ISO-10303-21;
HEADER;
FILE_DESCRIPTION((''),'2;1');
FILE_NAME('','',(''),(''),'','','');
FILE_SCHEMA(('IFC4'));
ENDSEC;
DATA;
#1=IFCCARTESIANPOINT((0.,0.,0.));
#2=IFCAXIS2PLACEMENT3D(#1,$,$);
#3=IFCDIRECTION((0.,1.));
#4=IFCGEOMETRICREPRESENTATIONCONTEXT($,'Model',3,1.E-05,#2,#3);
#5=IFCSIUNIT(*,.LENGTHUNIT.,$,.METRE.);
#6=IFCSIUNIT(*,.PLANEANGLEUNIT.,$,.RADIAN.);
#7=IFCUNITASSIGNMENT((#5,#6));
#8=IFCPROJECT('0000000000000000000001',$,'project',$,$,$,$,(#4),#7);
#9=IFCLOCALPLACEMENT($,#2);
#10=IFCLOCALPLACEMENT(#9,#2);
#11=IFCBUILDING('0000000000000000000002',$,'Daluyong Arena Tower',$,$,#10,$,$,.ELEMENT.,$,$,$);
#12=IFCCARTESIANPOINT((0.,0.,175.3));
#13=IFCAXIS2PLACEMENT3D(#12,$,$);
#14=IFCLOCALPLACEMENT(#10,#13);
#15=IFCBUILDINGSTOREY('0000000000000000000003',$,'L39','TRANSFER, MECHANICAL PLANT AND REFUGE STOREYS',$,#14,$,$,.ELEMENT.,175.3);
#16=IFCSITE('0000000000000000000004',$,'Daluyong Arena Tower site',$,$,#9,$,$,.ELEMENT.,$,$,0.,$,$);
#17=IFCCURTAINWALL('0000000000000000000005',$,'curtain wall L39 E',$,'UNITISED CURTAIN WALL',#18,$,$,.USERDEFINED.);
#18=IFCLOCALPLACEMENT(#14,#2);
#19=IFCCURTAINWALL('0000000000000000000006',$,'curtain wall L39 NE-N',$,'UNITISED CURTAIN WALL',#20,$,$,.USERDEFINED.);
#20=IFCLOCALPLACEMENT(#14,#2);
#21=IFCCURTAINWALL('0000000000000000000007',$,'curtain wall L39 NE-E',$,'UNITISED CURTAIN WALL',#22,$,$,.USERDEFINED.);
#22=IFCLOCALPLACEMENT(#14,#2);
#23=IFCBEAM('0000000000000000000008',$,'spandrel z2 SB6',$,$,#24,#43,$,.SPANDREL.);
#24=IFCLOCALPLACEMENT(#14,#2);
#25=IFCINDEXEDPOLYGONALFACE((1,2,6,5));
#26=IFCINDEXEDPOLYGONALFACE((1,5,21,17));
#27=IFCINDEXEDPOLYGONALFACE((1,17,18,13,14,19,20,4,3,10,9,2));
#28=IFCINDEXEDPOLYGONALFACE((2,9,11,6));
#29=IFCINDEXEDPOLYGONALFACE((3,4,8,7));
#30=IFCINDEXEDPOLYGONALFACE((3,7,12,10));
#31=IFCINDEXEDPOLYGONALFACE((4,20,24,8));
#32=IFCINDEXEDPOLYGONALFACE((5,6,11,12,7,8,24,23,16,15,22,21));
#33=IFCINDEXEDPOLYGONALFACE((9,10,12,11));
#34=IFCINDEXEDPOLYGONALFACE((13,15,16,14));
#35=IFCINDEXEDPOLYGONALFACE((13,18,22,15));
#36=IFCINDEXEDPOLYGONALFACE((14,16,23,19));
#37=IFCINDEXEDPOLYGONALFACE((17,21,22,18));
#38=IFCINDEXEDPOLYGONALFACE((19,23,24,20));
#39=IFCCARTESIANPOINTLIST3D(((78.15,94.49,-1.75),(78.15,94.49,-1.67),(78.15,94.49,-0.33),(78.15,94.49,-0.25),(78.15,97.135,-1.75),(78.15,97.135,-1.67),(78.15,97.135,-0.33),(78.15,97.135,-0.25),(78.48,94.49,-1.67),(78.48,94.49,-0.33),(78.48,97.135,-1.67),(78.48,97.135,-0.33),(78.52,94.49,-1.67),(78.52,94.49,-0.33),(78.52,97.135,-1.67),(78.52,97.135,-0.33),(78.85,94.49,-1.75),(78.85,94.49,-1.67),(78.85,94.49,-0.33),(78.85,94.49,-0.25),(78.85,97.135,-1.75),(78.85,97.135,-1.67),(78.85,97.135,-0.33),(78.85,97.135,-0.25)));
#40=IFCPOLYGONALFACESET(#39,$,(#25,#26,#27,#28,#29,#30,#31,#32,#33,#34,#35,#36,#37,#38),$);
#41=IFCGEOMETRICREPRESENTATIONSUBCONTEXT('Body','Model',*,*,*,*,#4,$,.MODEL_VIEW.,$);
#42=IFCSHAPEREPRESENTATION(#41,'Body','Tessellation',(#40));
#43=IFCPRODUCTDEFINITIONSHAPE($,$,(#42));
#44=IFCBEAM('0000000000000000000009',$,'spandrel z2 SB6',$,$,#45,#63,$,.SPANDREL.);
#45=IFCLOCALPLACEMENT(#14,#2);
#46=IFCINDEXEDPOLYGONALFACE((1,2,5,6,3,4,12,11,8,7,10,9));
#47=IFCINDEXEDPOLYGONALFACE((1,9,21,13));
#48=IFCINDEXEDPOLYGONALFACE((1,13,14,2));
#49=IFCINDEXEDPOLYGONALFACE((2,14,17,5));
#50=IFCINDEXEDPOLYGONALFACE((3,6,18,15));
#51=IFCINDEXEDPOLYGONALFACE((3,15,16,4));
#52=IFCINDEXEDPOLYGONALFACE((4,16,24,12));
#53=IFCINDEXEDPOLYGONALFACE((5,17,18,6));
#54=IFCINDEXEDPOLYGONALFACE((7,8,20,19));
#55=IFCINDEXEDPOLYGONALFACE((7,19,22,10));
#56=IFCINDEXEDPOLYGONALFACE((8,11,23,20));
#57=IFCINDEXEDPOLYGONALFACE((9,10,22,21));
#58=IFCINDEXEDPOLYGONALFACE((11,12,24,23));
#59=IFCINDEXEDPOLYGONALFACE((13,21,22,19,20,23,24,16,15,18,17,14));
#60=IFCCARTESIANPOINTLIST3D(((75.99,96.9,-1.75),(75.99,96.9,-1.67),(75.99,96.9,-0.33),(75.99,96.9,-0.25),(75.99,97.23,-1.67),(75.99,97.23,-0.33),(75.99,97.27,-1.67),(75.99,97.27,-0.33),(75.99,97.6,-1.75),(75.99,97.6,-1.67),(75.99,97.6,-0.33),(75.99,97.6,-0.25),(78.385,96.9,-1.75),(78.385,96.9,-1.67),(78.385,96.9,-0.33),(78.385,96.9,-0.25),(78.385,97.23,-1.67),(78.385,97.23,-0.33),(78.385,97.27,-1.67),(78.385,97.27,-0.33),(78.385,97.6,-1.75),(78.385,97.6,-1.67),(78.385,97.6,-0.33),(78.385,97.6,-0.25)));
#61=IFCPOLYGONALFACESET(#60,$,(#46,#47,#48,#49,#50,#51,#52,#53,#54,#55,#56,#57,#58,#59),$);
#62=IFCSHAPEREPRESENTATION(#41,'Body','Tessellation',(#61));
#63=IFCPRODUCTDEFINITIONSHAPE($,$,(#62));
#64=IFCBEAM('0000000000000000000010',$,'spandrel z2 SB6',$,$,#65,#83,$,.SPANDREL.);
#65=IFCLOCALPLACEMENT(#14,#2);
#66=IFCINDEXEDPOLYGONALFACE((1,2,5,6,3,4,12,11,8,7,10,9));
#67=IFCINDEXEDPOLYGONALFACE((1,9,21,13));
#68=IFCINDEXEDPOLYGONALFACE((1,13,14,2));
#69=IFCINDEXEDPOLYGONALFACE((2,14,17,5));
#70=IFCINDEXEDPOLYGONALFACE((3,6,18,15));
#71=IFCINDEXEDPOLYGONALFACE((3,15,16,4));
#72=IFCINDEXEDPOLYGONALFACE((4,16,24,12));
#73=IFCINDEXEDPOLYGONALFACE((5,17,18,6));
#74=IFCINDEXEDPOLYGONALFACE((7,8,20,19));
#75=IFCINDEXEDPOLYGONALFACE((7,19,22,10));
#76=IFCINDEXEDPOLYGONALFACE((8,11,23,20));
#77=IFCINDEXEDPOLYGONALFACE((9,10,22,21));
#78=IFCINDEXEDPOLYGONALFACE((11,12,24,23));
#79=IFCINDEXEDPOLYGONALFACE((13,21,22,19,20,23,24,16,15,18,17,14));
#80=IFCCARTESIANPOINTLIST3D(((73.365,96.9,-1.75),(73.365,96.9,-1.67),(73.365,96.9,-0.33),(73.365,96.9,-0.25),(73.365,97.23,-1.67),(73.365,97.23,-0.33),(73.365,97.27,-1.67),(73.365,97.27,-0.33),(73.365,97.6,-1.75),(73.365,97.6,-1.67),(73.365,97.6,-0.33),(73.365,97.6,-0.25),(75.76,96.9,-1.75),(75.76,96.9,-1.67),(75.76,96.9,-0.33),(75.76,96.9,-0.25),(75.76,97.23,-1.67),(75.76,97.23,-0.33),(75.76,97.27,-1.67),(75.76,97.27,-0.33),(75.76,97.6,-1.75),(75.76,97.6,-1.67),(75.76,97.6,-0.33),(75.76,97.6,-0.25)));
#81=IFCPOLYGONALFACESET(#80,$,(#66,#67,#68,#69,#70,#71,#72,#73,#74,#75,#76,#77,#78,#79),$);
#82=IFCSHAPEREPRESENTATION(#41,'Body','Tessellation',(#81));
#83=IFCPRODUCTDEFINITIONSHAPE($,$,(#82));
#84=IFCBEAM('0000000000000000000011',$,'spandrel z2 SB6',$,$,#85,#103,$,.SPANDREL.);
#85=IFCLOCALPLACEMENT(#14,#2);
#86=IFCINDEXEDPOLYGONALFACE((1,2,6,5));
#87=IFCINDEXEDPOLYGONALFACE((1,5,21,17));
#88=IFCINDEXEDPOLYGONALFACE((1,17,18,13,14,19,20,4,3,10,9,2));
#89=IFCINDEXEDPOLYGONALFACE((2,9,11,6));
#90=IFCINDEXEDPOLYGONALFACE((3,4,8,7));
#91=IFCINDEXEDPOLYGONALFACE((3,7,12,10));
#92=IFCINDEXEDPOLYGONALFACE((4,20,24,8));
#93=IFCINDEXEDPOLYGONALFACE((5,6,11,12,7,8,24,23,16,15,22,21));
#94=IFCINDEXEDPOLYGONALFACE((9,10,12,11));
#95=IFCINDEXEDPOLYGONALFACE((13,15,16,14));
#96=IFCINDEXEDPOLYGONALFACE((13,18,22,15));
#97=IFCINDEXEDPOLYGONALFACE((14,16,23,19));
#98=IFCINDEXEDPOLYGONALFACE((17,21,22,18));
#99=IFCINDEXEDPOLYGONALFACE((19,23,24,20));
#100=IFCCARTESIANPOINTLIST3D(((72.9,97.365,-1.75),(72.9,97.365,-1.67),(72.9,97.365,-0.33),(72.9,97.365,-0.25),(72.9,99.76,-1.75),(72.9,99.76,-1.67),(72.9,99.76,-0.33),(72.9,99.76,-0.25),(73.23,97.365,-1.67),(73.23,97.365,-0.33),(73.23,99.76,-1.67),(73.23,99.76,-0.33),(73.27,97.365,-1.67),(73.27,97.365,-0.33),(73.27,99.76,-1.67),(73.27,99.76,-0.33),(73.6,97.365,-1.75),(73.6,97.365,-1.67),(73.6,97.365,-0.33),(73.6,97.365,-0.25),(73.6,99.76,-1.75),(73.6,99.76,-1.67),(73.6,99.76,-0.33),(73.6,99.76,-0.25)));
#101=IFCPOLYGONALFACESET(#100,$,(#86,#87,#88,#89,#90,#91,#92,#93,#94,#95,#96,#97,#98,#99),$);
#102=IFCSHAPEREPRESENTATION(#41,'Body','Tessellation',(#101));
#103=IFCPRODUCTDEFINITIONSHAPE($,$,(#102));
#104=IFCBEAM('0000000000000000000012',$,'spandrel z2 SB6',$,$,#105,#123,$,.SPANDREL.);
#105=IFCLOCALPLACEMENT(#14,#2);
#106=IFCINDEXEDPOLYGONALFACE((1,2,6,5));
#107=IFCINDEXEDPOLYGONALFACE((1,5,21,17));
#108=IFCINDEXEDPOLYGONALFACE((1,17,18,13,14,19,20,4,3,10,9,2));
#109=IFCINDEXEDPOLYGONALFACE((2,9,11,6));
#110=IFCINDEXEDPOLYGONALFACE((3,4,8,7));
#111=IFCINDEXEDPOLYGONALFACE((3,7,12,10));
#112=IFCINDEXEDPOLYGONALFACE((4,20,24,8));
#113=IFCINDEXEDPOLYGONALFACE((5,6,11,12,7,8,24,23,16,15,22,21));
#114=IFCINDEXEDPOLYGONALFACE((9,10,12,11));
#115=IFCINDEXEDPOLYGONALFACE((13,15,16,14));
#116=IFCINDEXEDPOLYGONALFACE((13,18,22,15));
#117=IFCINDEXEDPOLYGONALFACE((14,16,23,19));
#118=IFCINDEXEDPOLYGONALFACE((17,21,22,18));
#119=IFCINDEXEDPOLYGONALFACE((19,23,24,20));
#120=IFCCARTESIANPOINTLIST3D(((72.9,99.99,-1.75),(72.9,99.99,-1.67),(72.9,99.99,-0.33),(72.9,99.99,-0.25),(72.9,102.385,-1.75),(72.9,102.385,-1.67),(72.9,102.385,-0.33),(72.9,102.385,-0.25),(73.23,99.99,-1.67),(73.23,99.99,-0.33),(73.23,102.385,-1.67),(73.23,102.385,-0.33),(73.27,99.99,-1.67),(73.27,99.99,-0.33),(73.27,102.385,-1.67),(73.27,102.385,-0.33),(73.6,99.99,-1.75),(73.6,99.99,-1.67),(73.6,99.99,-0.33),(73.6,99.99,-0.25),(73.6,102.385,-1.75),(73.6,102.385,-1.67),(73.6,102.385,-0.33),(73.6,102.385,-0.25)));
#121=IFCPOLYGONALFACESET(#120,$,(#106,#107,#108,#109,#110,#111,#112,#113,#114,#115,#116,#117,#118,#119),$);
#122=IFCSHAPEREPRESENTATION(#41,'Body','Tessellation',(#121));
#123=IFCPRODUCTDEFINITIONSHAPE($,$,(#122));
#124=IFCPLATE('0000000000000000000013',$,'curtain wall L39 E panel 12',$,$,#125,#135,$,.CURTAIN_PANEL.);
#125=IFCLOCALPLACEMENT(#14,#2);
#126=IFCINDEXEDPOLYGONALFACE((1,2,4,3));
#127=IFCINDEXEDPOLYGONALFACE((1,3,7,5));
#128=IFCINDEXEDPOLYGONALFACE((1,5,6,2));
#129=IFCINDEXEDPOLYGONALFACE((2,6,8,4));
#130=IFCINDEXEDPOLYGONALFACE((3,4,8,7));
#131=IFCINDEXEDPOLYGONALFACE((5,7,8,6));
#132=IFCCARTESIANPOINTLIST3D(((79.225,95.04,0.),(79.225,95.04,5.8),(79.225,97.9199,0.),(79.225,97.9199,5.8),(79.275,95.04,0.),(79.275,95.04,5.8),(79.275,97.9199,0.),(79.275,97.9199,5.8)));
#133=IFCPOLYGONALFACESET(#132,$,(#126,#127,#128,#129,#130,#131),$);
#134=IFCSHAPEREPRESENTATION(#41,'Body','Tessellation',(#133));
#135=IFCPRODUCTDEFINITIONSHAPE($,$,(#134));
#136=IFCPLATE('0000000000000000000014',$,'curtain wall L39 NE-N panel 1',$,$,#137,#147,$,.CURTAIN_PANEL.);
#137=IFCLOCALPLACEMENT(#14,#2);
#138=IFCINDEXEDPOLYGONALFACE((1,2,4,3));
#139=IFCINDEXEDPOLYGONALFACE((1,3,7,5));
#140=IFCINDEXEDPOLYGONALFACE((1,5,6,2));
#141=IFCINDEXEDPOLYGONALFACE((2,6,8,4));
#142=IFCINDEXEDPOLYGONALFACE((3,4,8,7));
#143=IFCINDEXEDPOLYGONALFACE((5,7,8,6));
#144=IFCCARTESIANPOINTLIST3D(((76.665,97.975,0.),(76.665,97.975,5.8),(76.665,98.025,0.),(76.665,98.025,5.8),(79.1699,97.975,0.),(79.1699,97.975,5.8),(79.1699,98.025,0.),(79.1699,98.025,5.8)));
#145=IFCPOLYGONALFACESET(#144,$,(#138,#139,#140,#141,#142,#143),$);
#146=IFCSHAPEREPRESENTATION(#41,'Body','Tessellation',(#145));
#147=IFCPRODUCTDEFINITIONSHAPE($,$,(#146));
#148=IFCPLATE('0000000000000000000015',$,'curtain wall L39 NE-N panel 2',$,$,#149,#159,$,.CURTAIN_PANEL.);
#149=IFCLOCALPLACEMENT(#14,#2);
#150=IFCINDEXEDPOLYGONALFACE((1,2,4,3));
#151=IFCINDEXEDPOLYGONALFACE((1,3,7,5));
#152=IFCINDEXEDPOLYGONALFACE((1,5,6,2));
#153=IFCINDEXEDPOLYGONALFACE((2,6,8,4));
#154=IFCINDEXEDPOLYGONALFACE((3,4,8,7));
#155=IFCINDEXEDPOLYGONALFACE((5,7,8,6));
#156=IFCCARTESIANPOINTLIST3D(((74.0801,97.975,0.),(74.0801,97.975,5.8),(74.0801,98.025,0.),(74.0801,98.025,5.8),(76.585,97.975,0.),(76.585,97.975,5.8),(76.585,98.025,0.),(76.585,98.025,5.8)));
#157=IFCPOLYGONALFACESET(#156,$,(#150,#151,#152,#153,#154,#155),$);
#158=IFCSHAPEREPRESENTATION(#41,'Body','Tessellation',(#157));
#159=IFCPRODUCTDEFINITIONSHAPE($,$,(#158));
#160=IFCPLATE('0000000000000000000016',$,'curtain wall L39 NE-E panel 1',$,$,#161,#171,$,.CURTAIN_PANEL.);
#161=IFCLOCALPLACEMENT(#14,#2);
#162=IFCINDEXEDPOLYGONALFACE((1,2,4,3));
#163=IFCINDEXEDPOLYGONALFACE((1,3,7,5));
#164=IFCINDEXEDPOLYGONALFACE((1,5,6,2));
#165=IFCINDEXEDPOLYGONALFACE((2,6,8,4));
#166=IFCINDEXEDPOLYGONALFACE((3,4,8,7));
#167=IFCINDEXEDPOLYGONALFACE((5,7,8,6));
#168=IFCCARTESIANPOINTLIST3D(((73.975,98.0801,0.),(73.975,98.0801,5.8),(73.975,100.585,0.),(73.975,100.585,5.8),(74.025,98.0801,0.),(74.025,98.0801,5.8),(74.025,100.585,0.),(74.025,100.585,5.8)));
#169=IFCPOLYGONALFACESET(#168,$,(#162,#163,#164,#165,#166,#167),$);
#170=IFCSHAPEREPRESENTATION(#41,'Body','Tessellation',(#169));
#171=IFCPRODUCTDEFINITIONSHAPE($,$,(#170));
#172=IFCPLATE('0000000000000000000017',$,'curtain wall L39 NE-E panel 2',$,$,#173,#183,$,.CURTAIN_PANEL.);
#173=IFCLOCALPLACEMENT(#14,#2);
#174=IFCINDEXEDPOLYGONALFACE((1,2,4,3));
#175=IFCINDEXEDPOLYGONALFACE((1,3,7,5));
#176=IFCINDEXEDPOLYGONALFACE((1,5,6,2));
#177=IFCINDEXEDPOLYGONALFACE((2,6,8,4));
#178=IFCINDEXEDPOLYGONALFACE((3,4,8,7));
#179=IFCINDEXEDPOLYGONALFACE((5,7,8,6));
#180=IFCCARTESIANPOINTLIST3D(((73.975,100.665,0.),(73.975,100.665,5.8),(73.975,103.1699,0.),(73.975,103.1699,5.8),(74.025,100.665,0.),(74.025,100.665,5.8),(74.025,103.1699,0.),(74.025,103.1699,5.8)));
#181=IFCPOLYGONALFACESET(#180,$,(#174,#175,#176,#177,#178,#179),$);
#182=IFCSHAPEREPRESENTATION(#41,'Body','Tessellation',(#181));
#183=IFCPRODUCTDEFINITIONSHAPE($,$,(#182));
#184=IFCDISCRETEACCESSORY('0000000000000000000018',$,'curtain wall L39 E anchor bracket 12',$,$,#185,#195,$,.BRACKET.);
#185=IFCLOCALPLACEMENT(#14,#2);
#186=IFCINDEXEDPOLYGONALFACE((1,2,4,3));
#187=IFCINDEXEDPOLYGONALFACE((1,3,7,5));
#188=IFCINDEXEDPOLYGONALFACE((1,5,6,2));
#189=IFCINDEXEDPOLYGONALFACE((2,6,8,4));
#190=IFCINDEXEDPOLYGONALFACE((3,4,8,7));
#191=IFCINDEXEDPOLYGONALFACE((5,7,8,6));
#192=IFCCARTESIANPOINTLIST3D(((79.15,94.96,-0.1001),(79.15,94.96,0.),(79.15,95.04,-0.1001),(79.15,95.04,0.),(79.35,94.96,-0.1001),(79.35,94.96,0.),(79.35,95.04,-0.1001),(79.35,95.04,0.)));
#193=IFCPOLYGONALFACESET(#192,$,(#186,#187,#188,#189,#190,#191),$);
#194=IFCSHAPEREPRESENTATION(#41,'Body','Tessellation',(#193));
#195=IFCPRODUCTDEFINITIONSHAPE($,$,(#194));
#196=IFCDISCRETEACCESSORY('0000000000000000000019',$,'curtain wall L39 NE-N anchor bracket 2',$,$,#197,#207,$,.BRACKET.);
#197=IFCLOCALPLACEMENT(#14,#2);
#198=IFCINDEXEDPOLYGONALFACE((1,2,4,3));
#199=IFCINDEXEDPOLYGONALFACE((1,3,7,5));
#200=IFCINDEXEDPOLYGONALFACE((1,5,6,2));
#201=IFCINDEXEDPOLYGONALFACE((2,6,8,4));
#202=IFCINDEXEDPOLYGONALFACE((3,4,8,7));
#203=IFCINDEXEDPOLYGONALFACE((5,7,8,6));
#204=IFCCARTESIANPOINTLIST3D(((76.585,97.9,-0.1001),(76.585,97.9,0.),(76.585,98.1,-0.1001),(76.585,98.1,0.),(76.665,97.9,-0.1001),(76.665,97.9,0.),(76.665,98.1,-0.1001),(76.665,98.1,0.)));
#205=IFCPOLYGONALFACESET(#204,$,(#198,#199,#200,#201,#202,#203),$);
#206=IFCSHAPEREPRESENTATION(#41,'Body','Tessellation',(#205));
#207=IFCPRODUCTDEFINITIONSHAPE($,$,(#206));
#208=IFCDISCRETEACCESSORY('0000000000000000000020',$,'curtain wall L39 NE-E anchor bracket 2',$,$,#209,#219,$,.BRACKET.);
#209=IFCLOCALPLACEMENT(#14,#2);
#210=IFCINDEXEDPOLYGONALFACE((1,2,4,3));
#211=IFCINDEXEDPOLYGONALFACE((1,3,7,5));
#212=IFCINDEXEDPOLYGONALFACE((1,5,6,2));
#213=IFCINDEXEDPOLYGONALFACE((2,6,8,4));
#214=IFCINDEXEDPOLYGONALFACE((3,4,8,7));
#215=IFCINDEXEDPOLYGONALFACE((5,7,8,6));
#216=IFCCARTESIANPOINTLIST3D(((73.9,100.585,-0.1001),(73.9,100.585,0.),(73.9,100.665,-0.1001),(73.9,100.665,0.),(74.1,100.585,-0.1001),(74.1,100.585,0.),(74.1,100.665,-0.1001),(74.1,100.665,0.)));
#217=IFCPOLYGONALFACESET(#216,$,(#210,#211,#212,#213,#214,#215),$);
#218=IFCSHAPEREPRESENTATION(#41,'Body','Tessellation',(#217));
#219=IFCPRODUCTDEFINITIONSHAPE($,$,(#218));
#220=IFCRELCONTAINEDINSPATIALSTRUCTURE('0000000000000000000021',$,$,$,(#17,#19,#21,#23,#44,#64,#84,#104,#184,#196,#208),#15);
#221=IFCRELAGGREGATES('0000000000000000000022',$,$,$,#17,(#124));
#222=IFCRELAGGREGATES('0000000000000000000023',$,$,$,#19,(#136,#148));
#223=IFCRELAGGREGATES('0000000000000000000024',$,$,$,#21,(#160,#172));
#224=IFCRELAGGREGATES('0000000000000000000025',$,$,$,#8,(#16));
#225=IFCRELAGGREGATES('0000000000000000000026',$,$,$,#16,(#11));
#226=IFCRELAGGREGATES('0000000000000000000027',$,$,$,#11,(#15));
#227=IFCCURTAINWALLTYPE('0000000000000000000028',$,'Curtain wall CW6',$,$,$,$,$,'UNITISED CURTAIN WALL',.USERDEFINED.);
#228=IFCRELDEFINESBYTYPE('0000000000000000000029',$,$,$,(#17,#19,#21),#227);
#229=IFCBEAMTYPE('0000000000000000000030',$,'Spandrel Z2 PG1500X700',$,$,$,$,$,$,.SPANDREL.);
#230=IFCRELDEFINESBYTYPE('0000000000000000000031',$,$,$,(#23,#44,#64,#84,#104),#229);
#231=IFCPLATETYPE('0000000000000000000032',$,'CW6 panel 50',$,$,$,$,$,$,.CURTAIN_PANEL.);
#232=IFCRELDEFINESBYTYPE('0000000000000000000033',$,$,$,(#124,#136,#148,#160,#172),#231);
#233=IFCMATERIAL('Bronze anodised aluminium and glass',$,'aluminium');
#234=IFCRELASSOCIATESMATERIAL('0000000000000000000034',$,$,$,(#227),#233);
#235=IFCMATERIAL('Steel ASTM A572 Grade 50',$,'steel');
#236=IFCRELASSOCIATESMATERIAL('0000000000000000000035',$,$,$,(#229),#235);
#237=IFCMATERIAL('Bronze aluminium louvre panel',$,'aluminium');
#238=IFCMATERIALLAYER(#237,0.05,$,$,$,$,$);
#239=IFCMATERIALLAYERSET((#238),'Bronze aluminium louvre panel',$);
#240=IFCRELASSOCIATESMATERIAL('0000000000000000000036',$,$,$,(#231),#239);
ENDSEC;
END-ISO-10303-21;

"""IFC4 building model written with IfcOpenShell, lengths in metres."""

from ifc_helpers import new_model, si_unit, direction, frame, origin, origin_2d, place, context, subcontext, project, spatial, rectangle, i_section, extrude, material, layer, layer_set, material_profile, profile_set, type_object, element, aggregate, save


model = new_model("IFC4")

# Units and contexts
model_context = context("Model", 3, precision=1e-05, world=origin(), true_north=direction((0.0, 1.0)))
body_context = subcontext(model_context, "Body", "Model", "MODEL_VIEW")
ifc_project = project(units=[si_unit("LENGTHUNIT", "METRE"), si_unit("PLANEANGLEUNIT", "RADIAN")], contexts=[model_context])

# Site, building, storey
site_placement = place(None, origin())
site = spatial("IfcSite", under=ifc_project, at=site_placement, Name="Daluyong Arena Tower site", CompositionType="ELEMENT", RefElevation=0.0)
building_placement = place(site_placement, origin())
building = spatial("IfcBuilding", under=site, at=building_placement, Name="Daluyong Arena Tower", CompositionType="ELEMENT")
storey_placement = place(building_placement, frame((0.0, 0.0, 175.3)))
storey = spatial("IfcBuildingStorey", under=building, at=storey_placement, Name="L39", Description="TRANSFER, MECHANICAL PLANT AND REFUGE STOREYS", CompositionType="ELEMENT", Elevation=175.3)

# Curtain walls
ifc_material_1 = material(Name="Bronze anodised aluminium and glass", Category="aluminium")
curtain_wall_type = type_object("IfcCurtainWallType", Name="Curtain wall CW6", ElementType="UNITISED CURTAIN WALL", PredefinedType="USERDEFINED", material=ifc_material_1)
curtain_wall_1_placement = place(storey_placement, origin())
curtain_wall_1 = element("IfcCurtainWall", 1, at=curtain_wall_1_placement, inside=storey, type_object=curtain_wall_type, Name="curtain wall L39 E", ObjectType="UNITISED CURTAIN WALL", PredefinedType="USERDEFINED")
curtain_wall_2_placement = place(storey_placement, origin())
curtain_wall_2 = element("IfcCurtainWall", 2, at=curtain_wall_2_placement, inside=storey, type_object=curtain_wall_type, Name="curtain wall L39 NE-N", ObjectType="UNITISED CURTAIN WALL", PredefinedType="USERDEFINED")
curtain_wall_3_placement = place(storey_placement, origin())
curtain_wall_3 = element("IfcCurtainWall", 3, at=curtain_wall_3_placement, inside=storey, type_object=curtain_wall_type, Name="curtain wall L39 NE-E", ObjectType="UNITISED CURTAIN WALL", PredefinedType="USERDEFINED")

# Beams
ifc_material_2 = material(Name="Steel ASTM A572 Grade 50", Category="steel")
ifc_material_profile_1 = material_profile(ifc_material_2, i_section(OverallWidth=0.7, OverallDepth=1.5, WebThickness=0.04, FlangeThickness=0.08, at=origin_2d()))
ifc_profile_set_1 = profile_set([ifc_material_profile_1], Name="Steel ASTM A572 Grade 50")
beam_type_1 = type_object("IfcBeamType", Name="Spandrel Z2 PG1500X700", PredefinedType="SPANDREL", material=ifc_profile_set_1)
beam_1_placement = place(storey_placement, frame((78.5, 94.49, -1.0), z_axis=(0.0, 1.0, 0.0), x_axis=(-1.0, 0.0, 0.0)))
element("IfcBeam", 4, at=beam_1_placement, inside=storey, type_object=beam_type_1, Name="spandrel z2 SB6", PredefinedType="SPANDREL", context=body_context, shape_type="SweptSolid", body=[
    extrude(i_section(OverallWidth=0.7, OverallDepth=1.5, WebThickness=0.04, FlangeThickness=0.08, at=origin_2d()), origin(), (0.0, 0.0, 1.0), 2.645),
])
for number, where, z_axis, x_axis, name in (
    (5, (78.385, 97.25, -1.0), (-1.0, 0.0, 0.0), (0.0, -1.0, 0.0), "spandrel z2 SB6"),
    (6, (75.76, 97.25, -1.0), (-1.0, 0.0, 0.0), (0.0, -1.0, 0.0), "spandrel z2 SB6"),
    (7, (73.25, 97.365, -1.0), (0.0, 1.0, 0.0), (-1.0, 0.0, 0.0), "spandrel z2 SB6"),
    (8, (73.25, 99.99, -1.0), (0.0, 1.0, 0.0), (-1.0, 0.0, 0.0), "spandrel z2 SB6"),
):
    element("IfcBeam", number, at=place(storey_placement, frame(where, z_axis=z_axis, x_axis=x_axis)), inside=storey, type_object=beam_type_1, Name=name, PredefinedType="SPANDREL", context=body_context, shape_type="SweptSolid", body=[
        extrude(i_section(OverallWidth=0.7, OverallDepth=1.5, WebThickness=0.04, FlangeThickness=0.08, at=origin_2d()), origin(), (0.0, 0.0, 1.0), 2.395),
    ])

# Plates
ifc_material_3 = material(Name="Bronze aluminium louvre panel", Category="aluminium")
ifc_layer = layer(ifc_material_3, 0.05)
ifc_layer_set = layer_set([ifc_layer], Name="Bronze aluminium louvre panel")
plate_type = type_object("IfcPlateType", Name="CW6 panel 50", PredefinedType="CURTAIN_PANEL", material=ifc_layer_set)
plate_1_placement = place(storey_placement, frame((79.25, 96.48, 0.0), z_axis=(0.0, 0.0, 1.0), x_axis=(0.0, 1.0, 0.0)))
plate_1 = element("IfcPlate", 9, at=plate_1_placement, type_object=plate_type, Name="curtain wall L39 E panel 12", PredefinedType="CURTAIN_PANEL", context=body_context, shape_type="SweptSolid", body=[
    extrude(rectangle(XDim=2.8799, YDim=0.05, at=origin_2d()), origin(), (0.0, 0.0, 1.0), 5.8),
])
aggregate(curtain_wall_1, [plate_1])
plate_2_placement = place(storey_placement, frame((77.9175, 98.0, 0.0), z_axis=(0.0, 0.0, 1.0), x_axis=(-1.0, 0.0, 0.0)))
plate_2 = element("IfcPlate", 10, at=plate_2_placement, type_object=plate_type, Name="curtain wall L39 NE-N panel 1", PredefinedType="CURTAIN_PANEL", context=body_context, shape_type="SweptSolid", body=[
    extrude(rectangle(XDim=2.5049, YDim=0.05, at=origin_2d()), origin(), (0.0, 0.0, 1.0), 5.8),
])
plate_3_placement = place(storey_placement, frame((75.3325, 98.0, 0.0), z_axis=(0.0, 0.0, 1.0), x_axis=(-1.0, 0.0, 0.0)))
plate_3 = element("IfcPlate", 11, at=plate_3_placement, type_object=plate_type, Name="curtain wall L39 NE-N panel 2", PredefinedType="CURTAIN_PANEL", context=body_context, shape_type="SweptSolid", body=[
    extrude(rectangle(XDim=2.5049, YDim=0.05, at=origin_2d()), origin(), (0.0, 0.0, 1.0), 5.8),
])
aggregate(curtain_wall_2, [plate_2, plate_3])
plate_4_placement = place(storey_placement, frame((74.0, 99.3325, 0.0), z_axis=(0.0, 0.0, 1.0), x_axis=(0.0, 1.0, 0.0)))
plate_4 = element("IfcPlate", 12, at=plate_4_placement, type_object=plate_type, Name="curtain wall L39 NE-E panel 1", PredefinedType="CURTAIN_PANEL", context=body_context, shape_type="SweptSolid", body=[
    extrude(rectangle(XDim=2.5049, YDim=0.05, at=origin_2d()), origin(), (0.0, 0.0, 1.0), 5.8),
])
plate_5_placement = place(storey_placement, frame((74.0, 101.9175, 0.0), z_axis=(0.0, 0.0, 1.0), x_axis=(0.0, 1.0, 0.0)))
plate_5 = element("IfcPlate", 13, at=plate_5_placement, type_object=plate_type, Name="curtain wall L39 NE-E panel 2", PredefinedType="CURTAIN_PANEL", context=body_context, shape_type="SweptSolid", body=[
    extrude(rectangle(XDim=2.5049, YDim=0.05, at=origin_2d()), origin(), (0.0, 0.0, 1.0), 5.8),
])
aggregate(curtain_wall_3, [plate_4, plate_5])

# Discrete accessories
for number, where, z_axis, x_axis, name in (
    (14, (79.25, 95.0, -0.1001), (0.0, 0.0, 1.0), (0.0, 1.0, 0.0), "curtain wall L39 E anchor bracket 12"),
    (15, (76.625, 98.0, -0.1001), (0.0, 0.0, 1.0), (-1.0, 0.0, 0.0), "curtain wall L39 NE-N anchor bracket 2"),
    (16, (74.0, 100.625, -0.1001), (0.0, 0.0, 1.0), (0.0, 1.0, 0.0), "curtain wall L39 NE-E anchor bracket 2"),
):
    element("IfcDiscreteAccessory", number, at=place(storey_placement, frame(where, z_axis=z_axis, x_axis=x_axis)), inside=storey, Name=name, PredefinedType="BRACKET", context=body_context, shape_type="SweptSolid", body=[
        extrude(rectangle(XDim=0.0801, YDim=0.2, at=origin_2d()), origin(), (0.0, 0.0, 1.0), 0.1001),
    ])

save(model, "model.ifc")
